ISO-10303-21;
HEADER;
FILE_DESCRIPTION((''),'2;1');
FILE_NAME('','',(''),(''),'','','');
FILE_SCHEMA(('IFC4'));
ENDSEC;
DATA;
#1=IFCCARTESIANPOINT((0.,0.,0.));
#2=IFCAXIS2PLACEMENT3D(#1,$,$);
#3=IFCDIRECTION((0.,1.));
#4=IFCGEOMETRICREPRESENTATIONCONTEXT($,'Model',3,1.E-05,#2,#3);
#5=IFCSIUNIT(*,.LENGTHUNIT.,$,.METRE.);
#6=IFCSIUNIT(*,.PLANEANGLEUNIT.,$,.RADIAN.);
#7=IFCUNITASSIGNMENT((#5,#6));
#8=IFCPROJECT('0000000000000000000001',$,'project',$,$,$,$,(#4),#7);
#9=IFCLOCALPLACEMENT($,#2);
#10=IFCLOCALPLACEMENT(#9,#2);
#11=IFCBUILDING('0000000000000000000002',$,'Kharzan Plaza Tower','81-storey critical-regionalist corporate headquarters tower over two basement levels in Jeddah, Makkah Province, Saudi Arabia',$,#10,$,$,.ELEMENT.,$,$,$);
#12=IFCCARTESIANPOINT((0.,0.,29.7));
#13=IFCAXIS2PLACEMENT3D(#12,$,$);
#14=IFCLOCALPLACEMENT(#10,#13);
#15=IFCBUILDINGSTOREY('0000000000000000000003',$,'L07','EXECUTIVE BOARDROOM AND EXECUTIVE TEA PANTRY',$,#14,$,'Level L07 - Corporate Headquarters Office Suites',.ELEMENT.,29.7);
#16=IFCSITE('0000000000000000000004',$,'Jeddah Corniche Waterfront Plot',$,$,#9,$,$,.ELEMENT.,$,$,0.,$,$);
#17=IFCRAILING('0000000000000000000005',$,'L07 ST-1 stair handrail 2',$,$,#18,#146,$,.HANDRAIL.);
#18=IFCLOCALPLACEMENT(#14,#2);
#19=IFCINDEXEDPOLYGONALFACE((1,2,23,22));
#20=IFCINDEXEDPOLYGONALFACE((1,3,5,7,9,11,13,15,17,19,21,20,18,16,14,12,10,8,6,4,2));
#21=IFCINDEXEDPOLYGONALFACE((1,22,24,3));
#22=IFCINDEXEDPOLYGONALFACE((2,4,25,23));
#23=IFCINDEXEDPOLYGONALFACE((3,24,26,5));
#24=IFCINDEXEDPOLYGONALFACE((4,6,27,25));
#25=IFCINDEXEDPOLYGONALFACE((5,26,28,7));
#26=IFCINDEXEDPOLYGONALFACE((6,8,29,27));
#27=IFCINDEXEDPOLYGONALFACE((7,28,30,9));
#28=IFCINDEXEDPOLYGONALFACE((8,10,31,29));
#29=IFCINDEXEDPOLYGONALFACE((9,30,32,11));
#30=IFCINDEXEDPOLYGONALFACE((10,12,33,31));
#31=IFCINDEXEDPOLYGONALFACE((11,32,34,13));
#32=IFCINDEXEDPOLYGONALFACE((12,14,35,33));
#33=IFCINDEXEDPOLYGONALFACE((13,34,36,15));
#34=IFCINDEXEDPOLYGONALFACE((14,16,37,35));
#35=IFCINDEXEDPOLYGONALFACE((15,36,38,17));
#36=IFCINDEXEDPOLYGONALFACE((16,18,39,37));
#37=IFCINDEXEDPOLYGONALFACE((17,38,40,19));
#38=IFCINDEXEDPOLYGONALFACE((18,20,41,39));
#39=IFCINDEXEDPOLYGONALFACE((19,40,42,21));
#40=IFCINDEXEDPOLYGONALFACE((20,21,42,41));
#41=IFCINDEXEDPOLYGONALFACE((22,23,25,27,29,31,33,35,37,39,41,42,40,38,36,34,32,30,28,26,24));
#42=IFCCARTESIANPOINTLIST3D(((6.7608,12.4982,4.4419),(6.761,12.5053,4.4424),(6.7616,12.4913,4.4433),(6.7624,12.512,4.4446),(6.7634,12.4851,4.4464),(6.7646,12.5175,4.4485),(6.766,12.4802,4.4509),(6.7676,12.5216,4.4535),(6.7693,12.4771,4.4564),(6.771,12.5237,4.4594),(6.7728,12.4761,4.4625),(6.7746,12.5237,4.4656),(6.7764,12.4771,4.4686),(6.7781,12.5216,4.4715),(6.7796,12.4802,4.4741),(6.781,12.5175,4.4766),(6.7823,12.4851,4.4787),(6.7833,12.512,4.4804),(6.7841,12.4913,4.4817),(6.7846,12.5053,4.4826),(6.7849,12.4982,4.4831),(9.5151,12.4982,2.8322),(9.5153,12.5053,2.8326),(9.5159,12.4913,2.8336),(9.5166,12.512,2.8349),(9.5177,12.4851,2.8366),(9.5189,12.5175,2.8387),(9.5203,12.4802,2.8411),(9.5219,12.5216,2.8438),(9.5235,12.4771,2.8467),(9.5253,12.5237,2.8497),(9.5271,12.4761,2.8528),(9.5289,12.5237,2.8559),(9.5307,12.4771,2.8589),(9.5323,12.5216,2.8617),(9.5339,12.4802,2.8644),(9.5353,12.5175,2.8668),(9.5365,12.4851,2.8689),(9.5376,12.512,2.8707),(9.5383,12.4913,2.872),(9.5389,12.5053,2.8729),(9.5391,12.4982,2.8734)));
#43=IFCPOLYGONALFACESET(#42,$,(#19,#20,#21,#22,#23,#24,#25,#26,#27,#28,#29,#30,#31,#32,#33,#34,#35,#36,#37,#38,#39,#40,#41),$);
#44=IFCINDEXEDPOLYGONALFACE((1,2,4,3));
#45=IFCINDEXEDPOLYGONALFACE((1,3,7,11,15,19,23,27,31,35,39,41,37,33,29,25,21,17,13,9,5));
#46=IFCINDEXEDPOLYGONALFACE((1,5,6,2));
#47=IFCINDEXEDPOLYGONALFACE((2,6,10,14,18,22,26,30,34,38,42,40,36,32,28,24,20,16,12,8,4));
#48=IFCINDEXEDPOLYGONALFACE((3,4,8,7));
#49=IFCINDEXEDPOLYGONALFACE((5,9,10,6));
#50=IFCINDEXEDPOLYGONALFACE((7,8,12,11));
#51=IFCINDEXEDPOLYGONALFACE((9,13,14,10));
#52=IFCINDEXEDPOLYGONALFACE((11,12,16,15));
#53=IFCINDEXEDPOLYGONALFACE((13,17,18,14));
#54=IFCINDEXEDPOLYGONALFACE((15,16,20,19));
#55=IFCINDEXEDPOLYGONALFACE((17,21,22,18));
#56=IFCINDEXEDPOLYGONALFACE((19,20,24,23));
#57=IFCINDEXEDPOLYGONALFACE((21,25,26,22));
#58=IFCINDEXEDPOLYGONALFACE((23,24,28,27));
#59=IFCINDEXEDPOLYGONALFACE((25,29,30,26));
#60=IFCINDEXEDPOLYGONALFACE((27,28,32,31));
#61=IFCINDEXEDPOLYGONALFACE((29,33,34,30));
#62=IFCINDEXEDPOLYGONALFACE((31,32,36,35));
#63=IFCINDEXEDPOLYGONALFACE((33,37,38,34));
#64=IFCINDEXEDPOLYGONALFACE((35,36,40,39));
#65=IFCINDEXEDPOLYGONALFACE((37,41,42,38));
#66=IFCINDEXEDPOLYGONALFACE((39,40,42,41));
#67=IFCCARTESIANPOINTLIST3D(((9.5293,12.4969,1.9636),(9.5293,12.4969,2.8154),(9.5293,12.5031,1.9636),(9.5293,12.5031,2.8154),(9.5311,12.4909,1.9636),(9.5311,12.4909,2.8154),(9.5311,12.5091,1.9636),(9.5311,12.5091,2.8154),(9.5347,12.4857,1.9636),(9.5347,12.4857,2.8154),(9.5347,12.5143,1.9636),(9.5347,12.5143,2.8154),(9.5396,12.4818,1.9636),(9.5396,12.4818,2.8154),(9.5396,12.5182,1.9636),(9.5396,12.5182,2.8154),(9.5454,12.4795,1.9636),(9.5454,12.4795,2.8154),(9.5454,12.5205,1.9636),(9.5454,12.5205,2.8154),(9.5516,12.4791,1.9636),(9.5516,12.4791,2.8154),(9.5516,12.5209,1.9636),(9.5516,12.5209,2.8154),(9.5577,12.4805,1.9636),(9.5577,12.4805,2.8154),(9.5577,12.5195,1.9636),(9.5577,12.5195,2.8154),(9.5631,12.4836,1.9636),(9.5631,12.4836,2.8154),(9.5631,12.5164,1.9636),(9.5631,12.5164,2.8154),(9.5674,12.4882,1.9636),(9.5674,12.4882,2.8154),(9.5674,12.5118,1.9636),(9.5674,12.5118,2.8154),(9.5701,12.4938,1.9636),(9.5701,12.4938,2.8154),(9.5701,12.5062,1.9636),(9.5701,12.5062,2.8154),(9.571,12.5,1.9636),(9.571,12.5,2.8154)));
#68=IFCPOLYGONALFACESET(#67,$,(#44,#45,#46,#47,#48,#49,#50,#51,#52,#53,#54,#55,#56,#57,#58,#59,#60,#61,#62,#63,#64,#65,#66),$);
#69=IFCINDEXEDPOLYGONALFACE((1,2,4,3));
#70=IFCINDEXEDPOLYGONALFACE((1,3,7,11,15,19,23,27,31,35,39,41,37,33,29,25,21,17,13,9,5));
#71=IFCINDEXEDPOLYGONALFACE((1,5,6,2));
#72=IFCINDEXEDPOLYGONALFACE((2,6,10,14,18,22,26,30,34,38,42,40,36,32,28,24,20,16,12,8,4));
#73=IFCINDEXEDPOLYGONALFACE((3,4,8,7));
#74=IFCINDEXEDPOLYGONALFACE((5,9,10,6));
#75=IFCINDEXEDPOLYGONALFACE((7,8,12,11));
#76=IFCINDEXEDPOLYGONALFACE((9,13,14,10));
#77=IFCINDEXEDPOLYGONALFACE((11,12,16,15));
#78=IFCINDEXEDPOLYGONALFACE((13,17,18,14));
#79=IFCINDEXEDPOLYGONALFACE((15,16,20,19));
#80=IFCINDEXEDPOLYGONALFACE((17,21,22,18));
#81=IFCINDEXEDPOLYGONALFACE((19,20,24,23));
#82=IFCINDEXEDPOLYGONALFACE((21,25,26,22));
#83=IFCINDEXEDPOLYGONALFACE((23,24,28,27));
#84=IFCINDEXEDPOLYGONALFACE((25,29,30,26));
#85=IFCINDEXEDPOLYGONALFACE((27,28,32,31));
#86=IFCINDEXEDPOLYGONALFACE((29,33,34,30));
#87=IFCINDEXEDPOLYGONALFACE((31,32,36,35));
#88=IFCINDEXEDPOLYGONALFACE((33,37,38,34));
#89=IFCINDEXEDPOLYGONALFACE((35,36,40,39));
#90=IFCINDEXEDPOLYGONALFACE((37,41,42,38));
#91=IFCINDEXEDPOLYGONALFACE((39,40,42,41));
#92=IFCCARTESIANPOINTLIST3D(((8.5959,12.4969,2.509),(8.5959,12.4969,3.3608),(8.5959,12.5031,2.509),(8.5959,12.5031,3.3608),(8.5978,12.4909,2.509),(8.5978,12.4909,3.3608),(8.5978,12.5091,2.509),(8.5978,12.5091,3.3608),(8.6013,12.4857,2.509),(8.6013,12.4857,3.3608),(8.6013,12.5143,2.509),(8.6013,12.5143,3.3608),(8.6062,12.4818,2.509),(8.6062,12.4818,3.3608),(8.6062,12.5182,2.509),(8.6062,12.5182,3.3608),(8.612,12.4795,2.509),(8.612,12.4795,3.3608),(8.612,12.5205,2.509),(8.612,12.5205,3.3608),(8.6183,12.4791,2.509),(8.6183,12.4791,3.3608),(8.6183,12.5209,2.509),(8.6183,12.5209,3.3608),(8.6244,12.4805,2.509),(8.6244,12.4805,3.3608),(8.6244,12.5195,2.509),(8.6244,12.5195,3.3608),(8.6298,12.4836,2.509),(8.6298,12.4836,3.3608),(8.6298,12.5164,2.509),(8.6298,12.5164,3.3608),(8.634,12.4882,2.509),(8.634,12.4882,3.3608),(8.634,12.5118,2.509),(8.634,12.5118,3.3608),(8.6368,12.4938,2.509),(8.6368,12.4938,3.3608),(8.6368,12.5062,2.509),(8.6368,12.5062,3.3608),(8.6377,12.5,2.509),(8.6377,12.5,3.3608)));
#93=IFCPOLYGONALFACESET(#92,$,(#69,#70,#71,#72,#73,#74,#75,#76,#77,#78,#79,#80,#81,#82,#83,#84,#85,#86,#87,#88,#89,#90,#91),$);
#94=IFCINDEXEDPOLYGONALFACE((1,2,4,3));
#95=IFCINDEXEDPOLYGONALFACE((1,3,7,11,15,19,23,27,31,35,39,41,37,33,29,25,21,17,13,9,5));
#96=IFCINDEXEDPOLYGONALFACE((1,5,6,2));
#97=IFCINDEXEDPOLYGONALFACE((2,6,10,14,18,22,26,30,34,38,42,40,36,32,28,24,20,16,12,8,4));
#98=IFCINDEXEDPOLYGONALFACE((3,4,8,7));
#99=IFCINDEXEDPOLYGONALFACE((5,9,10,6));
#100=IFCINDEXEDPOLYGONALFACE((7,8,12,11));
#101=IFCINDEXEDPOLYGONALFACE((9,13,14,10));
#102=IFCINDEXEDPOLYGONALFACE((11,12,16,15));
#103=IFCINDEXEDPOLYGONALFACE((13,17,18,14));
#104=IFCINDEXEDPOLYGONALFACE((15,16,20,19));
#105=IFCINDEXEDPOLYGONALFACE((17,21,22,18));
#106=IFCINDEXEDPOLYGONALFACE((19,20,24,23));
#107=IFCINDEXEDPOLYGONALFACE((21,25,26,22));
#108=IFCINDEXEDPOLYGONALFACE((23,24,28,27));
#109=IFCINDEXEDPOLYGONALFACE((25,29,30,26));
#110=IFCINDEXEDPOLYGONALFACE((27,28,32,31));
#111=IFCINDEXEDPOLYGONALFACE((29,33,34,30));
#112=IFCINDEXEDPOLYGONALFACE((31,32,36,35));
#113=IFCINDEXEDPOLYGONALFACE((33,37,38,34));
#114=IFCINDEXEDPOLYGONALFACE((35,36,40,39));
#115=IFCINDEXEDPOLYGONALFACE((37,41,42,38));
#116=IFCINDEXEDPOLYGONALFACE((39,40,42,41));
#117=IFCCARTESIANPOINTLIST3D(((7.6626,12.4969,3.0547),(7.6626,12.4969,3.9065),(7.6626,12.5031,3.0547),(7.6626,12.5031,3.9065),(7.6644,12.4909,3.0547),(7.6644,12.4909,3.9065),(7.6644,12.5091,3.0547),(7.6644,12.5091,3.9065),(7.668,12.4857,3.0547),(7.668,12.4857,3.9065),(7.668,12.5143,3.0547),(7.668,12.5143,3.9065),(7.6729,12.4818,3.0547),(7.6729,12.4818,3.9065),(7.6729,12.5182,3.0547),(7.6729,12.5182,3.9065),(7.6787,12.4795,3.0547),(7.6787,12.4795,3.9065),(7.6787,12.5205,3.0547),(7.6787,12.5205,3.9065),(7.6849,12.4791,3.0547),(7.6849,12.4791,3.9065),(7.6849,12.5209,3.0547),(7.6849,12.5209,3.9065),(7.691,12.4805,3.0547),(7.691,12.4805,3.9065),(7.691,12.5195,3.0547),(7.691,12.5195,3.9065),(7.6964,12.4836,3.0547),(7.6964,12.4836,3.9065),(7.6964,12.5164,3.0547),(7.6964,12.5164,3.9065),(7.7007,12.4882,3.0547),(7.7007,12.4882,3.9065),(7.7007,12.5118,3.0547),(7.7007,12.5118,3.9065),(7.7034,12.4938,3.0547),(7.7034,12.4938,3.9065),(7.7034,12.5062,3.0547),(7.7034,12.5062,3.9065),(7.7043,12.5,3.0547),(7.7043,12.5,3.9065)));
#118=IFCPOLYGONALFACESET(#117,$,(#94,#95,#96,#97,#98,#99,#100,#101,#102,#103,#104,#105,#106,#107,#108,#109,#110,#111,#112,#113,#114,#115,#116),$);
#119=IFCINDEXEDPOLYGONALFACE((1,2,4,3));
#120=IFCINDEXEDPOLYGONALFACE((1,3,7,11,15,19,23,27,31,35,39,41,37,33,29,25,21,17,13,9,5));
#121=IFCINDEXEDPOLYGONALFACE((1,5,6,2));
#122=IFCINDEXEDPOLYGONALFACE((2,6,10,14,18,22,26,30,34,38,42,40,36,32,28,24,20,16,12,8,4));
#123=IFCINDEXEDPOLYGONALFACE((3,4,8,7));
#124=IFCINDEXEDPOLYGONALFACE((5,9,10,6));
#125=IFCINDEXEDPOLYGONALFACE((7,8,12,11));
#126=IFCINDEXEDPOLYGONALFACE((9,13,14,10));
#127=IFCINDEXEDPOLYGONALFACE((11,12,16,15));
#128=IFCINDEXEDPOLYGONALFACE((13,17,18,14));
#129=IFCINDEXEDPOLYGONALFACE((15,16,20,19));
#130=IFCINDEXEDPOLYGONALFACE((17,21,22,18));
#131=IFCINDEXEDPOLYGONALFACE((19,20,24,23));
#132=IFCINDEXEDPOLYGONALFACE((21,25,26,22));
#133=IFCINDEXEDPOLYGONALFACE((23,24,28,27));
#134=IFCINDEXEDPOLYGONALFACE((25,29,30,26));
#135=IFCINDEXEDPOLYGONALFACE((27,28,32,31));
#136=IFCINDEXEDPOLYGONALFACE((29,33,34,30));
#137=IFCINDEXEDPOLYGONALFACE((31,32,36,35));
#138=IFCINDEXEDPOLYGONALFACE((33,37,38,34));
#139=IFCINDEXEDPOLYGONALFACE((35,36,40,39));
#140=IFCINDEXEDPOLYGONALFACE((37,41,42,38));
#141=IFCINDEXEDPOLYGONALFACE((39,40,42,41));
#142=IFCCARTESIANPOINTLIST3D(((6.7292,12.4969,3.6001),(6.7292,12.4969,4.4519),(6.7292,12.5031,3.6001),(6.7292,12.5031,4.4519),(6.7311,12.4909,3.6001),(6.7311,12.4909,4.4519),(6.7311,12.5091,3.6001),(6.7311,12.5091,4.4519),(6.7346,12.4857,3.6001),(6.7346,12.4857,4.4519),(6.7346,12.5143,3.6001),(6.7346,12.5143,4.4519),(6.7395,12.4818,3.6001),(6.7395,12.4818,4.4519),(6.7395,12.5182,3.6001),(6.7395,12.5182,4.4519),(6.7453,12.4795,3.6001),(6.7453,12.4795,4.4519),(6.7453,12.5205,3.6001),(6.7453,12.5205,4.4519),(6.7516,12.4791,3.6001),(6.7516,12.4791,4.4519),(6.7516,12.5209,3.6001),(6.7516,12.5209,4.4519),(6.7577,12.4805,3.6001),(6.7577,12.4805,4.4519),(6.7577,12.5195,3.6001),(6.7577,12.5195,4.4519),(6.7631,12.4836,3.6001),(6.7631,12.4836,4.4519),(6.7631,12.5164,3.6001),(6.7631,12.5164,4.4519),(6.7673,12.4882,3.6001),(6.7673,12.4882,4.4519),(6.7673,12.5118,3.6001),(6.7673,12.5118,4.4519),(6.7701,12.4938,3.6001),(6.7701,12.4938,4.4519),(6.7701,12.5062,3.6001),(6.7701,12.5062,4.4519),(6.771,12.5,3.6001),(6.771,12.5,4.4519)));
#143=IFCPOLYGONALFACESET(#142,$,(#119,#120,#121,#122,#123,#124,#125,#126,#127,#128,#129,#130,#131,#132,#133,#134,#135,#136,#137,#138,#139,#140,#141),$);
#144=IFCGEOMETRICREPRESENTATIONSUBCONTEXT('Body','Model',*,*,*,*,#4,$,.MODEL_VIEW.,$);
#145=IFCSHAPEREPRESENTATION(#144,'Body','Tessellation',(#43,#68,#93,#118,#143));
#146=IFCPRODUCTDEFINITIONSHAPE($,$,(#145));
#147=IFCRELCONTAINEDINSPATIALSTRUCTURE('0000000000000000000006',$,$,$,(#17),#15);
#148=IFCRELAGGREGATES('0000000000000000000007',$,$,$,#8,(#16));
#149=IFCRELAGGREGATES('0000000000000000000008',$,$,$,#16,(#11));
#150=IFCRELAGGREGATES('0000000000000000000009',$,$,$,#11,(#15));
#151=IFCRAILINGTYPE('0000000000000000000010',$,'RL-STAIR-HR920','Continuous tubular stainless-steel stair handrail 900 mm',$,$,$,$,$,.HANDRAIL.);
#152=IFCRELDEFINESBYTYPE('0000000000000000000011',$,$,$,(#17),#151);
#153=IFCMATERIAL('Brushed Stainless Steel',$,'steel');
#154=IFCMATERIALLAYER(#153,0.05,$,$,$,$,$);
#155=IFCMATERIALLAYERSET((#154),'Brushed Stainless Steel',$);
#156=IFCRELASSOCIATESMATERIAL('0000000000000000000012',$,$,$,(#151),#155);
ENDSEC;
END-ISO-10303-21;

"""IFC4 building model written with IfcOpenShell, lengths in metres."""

from ifc_helpers import new_model, si_unit, direction, frame, origin, origin_2d, place, context, subcontext, project, spatial, circle, extrude, source, transform, mapped, material, layer, layer_set, type_object, element, save


model = new_model("IFC4")

# Units and contexts
model_context = context("Model", 3, precision=1e-05, world=origin(), true_north=direction((0.0, 1.0)))
body_context = subcontext(model_context, "Body", "Model", "MODEL_VIEW")
ifc_project = project(units=[si_unit("LENGTHUNIT", "METRE"), si_unit("PLANEANGLEUNIT", "RADIAN")], contexts=[model_context])

# Site, building, storey
site_placement = place(None, origin())
site = spatial("IfcSite", under=ifc_project, at=site_placement, Name="Jeddah Corniche Waterfront Plot", CompositionType="ELEMENT", RefElevation=0.0)
building_placement = place(site_placement, origin())
building = spatial("IfcBuilding", under=site, at=building_placement, Name="Kharzan Plaza Tower", Description="81-storey critical-regionalist corporate headquarters tower over two basement levels in Jeddah, Makkah Province, Saudi Arabia", CompositionType="ELEMENT")
storey_placement = place(building_placement, frame((0.0, 0.0, 29.7)))
storey = spatial("IfcBuildingStorey", under=building, at=storey_placement, Name="L07", Description="EXECUTIVE BOARDROOM AND EXECUTIVE TEA PANTRY", LongName="Level L07 - Corporate Headquarters Office Suites", CompositionType="ELEMENT", Elevation=29.7)

# Shared definitions
ifc_material_1 = material(Name="Brushed Stainless Steel", Category="steel")

# Railing
ifc_layer_1 = layer(ifc_material_1, 0.05)
ifc_layer_set_1 = layer_set([ifc_layer_1], Name="Brushed Stainless Steel")
railing_type_1 = type_object("IfcRailingType", Name="RL-STAIR-HR920", Description="Continuous tubular stainless-steel stair handrail 900 mm", PredefinedType="HANDRAIL", material=ifc_layer_set_1)
shared_shape_1 = source(origin(), body_context, "Body", "SweptSolid", [
    extrude(circle(Radius=0.0239, at=origin_2d()), frame((-0.0229, 0.0, 0.8892), z_axis=(-0.863361, 0.0, 0.504587), x_axis=(0.0, -1.0, 0.0)), (0.0, 0.0, 1.0), 3.1902),
    extrude(circle(Radius=0.021, at=origin_2d()), origin(), (0.0, 0.0, 1.0), 0.8518),
    extrude(circle(Radius=0.021, at=origin_2d()), frame((-0.9333, 0.0, 0.5454)), (0.0, 0.0, 1.0), 0.8518),
    extrude(circle(Radius=0.021, at=origin_2d()), frame((-1.8667, 0.0, 1.0911)), (0.0, 0.0, 1.0), 0.8518),
    extrude(circle(Radius=0.021, at=origin_2d()), frame((-2.8, 0.0, 1.6365)), (0.0, 0.0, 1.0), 0.8518),
])
railing_1_placement = place(storey_placement, frame((9.55, 12.5, 1.9636)))
element("IfcRailing", 1, at=railing_1_placement, inside=storey, type_object=railing_type_1, Name="L07 ST-1 stair handrail 2", PredefinedType="HANDRAIL", context=body_context, shape_type="MappedRepresentation", body=[
    mapped(shared_shape_1, transform((0.0, 0.0, 0.0), x_axis=(1.0, 0.0, 0.0), y_axis=(0.0, 1.0, 0.0), z_axis=(0.0, 0.0, 1.0))),
])

save(model, "model.ifc")
